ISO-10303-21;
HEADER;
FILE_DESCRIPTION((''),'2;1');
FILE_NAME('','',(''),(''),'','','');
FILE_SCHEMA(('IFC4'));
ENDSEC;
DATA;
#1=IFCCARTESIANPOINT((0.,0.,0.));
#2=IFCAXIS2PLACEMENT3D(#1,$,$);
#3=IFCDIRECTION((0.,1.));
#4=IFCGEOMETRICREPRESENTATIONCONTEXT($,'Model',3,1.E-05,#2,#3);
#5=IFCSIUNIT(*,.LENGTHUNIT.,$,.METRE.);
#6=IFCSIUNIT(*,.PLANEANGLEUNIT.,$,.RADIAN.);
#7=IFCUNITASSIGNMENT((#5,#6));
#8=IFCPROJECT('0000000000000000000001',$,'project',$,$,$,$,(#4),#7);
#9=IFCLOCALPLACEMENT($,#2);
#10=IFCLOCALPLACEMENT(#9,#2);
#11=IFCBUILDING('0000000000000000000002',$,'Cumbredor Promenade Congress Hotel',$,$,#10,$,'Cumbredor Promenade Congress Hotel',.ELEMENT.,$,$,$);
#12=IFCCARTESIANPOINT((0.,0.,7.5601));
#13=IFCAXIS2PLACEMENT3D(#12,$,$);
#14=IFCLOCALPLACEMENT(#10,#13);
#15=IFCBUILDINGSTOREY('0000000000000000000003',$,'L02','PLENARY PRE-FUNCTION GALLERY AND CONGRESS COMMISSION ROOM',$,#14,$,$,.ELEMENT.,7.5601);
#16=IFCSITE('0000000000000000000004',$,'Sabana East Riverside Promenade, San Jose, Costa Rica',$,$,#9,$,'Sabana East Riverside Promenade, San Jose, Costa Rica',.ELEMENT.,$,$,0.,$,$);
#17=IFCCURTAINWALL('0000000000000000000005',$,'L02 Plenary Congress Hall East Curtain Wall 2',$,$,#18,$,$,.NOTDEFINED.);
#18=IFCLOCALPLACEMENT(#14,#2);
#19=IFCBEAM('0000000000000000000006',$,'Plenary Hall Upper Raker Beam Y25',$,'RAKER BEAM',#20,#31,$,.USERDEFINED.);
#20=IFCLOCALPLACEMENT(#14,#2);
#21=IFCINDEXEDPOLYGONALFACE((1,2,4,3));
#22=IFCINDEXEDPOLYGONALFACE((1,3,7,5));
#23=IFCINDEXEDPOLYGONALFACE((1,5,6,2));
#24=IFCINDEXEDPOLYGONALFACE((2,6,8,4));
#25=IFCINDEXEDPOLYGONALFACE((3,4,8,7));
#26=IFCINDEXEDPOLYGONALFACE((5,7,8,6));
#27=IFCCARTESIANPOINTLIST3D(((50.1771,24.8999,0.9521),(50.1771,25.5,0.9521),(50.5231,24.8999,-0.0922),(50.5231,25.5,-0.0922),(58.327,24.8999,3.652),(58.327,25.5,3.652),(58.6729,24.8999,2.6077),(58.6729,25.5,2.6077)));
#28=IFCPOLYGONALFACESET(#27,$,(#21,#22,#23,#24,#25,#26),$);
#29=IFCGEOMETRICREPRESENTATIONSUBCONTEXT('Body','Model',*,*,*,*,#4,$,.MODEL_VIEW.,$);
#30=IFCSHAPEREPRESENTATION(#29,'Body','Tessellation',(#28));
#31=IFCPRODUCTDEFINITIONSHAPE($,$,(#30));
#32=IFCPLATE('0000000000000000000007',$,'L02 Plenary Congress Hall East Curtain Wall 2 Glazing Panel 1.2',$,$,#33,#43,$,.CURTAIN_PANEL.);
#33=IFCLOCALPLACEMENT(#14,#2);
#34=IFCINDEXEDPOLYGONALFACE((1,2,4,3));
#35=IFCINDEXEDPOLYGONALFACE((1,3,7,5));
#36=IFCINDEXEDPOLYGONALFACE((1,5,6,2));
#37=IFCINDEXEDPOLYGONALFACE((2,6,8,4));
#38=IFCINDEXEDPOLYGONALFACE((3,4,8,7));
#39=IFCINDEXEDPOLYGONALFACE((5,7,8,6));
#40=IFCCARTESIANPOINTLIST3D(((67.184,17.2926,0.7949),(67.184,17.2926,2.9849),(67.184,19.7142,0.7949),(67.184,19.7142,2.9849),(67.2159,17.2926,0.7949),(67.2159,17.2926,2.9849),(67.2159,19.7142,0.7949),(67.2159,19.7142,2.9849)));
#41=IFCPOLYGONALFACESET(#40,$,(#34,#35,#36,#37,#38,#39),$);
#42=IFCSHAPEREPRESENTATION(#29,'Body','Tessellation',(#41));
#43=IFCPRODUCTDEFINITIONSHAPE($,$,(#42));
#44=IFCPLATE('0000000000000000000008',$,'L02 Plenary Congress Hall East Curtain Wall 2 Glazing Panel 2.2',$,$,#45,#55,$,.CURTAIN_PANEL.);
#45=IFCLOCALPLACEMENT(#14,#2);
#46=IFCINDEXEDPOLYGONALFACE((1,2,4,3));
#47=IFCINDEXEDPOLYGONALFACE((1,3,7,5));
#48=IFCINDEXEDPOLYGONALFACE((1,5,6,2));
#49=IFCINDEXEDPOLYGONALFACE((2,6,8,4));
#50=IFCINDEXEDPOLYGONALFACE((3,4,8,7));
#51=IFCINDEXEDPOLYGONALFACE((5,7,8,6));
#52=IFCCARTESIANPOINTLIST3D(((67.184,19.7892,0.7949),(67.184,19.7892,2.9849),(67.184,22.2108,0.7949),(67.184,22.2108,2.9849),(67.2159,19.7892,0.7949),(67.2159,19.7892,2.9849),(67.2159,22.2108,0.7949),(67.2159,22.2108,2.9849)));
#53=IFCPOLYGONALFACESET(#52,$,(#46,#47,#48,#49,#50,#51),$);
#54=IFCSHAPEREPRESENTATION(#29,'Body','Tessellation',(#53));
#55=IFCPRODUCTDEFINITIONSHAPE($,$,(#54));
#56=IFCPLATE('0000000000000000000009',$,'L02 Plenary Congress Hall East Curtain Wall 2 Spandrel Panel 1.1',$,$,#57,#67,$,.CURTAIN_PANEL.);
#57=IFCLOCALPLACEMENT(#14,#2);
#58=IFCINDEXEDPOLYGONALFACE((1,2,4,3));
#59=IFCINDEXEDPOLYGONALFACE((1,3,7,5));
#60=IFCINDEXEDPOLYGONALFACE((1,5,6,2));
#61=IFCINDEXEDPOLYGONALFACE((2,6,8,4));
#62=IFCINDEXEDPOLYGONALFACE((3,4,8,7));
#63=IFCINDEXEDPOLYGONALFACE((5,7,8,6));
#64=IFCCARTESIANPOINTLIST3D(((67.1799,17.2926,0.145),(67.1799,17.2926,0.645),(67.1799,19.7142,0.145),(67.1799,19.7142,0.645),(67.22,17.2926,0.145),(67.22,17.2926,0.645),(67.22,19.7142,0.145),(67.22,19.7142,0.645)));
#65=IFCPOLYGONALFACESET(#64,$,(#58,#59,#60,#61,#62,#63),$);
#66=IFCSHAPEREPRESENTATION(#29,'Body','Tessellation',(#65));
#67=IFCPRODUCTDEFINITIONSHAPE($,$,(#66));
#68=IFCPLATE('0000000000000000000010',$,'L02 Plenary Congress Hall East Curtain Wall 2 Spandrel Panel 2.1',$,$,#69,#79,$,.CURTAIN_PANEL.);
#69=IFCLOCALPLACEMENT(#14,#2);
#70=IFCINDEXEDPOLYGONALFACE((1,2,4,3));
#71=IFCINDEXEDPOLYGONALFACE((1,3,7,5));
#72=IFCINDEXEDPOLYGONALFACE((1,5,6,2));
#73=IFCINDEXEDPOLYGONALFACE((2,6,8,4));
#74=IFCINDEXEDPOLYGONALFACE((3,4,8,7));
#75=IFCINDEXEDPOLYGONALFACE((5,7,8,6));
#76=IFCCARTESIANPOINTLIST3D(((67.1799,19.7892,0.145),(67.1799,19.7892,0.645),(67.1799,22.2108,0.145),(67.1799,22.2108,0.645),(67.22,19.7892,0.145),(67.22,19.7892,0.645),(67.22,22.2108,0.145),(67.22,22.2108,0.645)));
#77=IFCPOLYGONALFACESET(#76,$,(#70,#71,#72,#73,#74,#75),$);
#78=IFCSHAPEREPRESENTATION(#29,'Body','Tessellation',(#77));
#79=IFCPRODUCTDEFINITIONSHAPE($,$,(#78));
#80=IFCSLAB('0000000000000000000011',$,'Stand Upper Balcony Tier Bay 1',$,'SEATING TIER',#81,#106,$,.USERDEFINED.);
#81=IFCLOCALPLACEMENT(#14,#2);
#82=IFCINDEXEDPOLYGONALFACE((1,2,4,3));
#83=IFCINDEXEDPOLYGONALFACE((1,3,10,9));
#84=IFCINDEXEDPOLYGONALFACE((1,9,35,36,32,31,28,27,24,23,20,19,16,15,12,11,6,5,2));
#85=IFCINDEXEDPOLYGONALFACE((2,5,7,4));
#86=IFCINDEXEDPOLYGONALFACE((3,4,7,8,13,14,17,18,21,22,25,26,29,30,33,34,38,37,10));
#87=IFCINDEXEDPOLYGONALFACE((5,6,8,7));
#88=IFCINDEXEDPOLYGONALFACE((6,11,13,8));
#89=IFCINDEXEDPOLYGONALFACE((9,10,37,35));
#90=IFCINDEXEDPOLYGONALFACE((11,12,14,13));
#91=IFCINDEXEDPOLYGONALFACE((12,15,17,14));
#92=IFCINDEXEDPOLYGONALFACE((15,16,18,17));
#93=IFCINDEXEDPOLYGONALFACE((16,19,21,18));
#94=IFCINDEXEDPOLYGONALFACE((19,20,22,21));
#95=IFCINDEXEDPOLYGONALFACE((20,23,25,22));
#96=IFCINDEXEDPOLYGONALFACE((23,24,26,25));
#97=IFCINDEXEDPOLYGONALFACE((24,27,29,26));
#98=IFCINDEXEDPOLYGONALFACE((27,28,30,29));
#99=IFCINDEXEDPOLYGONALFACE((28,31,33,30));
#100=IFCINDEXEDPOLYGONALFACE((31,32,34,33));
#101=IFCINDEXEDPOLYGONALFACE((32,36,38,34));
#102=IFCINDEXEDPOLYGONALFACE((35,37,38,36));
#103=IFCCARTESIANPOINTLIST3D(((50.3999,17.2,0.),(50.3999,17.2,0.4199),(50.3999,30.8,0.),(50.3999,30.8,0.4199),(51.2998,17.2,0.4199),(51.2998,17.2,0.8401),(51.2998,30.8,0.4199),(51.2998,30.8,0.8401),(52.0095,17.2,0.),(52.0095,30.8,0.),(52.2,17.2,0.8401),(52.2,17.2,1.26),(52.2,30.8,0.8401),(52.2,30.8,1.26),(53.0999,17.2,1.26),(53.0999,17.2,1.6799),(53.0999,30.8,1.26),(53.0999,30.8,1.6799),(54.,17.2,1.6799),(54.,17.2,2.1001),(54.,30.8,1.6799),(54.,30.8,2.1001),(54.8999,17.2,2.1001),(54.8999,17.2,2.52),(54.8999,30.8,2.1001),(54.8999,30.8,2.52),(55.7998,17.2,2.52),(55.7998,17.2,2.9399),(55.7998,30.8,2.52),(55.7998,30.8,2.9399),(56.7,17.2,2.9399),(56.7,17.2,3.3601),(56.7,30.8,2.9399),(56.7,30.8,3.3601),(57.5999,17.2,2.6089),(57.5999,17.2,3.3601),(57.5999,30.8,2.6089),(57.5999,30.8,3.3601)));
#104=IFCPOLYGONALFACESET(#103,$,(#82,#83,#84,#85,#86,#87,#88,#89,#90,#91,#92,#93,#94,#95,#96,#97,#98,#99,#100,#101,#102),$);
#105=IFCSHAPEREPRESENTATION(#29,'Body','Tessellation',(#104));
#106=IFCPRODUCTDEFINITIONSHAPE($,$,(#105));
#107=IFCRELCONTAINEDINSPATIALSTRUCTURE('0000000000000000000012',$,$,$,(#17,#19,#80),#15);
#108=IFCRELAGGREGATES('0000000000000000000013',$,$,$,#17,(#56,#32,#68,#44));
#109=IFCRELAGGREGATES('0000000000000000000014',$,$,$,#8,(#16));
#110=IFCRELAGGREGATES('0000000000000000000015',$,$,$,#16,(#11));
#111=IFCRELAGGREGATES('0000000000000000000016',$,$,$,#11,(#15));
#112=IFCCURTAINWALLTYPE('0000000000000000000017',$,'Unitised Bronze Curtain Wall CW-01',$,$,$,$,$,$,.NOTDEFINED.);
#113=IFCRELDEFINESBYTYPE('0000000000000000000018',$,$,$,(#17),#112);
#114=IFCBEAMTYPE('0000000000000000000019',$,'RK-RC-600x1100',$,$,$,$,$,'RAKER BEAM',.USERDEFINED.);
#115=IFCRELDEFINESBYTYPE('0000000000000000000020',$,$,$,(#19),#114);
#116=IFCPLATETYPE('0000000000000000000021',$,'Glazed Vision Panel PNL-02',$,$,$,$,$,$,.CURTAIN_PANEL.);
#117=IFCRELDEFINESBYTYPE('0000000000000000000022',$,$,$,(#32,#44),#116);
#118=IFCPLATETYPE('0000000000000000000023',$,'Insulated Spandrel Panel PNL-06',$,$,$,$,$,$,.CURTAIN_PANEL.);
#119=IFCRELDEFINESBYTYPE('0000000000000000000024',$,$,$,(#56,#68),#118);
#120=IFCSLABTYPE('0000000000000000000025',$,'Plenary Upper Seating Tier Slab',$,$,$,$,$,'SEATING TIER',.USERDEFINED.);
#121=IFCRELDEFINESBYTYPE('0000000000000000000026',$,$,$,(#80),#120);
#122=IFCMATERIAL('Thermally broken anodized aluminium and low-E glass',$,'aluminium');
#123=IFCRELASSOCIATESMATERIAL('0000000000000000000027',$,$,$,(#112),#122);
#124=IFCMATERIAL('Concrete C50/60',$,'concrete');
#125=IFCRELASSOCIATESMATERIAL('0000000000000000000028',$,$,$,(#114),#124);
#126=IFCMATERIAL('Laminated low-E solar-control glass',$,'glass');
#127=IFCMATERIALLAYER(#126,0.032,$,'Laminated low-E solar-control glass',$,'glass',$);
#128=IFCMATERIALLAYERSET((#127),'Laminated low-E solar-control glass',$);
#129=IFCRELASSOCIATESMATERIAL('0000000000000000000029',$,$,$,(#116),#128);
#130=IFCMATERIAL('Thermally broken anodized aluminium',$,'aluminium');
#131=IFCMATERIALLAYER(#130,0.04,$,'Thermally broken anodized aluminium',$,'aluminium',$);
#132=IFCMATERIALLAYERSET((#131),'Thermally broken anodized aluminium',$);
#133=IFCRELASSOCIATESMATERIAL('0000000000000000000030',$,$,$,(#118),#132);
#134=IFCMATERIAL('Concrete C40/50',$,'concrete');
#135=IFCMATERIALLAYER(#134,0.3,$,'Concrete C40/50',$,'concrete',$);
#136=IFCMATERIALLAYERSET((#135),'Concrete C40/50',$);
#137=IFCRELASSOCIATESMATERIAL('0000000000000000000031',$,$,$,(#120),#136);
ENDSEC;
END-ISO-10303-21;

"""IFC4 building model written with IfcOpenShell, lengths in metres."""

from ifc_helpers import new_model, si_unit, direction, frame, origin, origin_2d, place, context, subcontext, project, spatial, polyline, rectangle, outline, extrude, material, layer, layer_set, material_profile, profile_set, type_object, element, aggregate, save


model = new_model("IFC4")

# Units and contexts
model_context = context("Model", 3, precision=1e-05, world=origin(), true_north=direction((0.0, 1.0)))
body_context = subcontext(model_context, "Body", "Model", "MODEL_VIEW")
ifc_project = project(units=[si_unit("LENGTHUNIT", "METRE"), si_unit("PLANEANGLEUNIT", "RADIAN")], contexts=[model_context])

# Site, building, storey
site_placement = place(None, origin())
site = spatial("IfcSite", under=ifc_project, at=site_placement, Name="Sabana East Riverside Promenade, San Jose, Costa Rica", LongName="Sabana East Riverside Promenade, San Jose, Costa Rica", CompositionType="ELEMENT", RefElevation=0.0)
building_placement = place(site_placement, origin())
building = spatial("IfcBuilding", under=site, at=building_placement, Name="Cumbredor Promenade Congress Hotel", LongName="Cumbredor Promenade Congress Hotel", CompositionType="ELEMENT")
storey_placement = place(building_placement, frame((0.0, 0.0, 7.5601)))
storey = spatial("IfcBuildingStorey", under=building, at=storey_placement, Name="L02", Description="PLENARY PRE-FUNCTION GALLERY AND CONGRESS COMMISSION ROOM", CompositionType="ELEMENT", Elevation=7.5601)

# Shared definitions
ifc_material_1 = material(Name="Concrete C40/50", Category="concrete")
ifc_material_2 = material(Name="Concrete C50/60", Category="concrete")

# Curtain wall
ifc_material_3 = material(Name="Thermally broken anodized aluminium and low-E glass", Category="aluminium")
curtain_wall_type = type_object("IfcCurtainWallType", Name="Unitised Bronze Curtain Wall CW-01", PredefinedType="NOTDEFINED", material=ifc_material_3)
curtain_wall_placement = place(storey_placement, origin())
curtain_wall = element("IfcCurtainWall", 1, at=curtain_wall_placement, inside=storey, type_object=curtain_wall_type, Name="L02 Plenary Congress Hall East Curtain Wall 2", PredefinedType="NOTDEFINED")
ifc_material_4 = material(Name="Thermally broken anodized aluminium", Category="aluminium")

# Beam
ifc_material_profile_1 = material_profile(ifc_material_2, rectangle(XDim=0.6001, YDim=1.1001, at=origin_2d()), Name="RC RAKER 600x1100")
ifc_profile_set_1 = profile_set([ifc_material_profile_1], Name="Concrete C50/60")
beam_type_1 = type_object("IfcBeamType", Name="RK-RC-600x1100", ElementType="RAKER BEAM", PredefinedType="USERDEFINED", material=ifc_profile_set_1)
beam_1_placement = place(storey_placement, frame((50.3501, 25.2, 0.4299), z_axis=(0.949265, 0.0, 0.314478), x_axis=(0.0, 1.0, 0.0)))
element("IfcBeam", 2, at=beam_1_placement, inside=storey, type_object=beam_type_1, Name="Plenary Hall Upper Raker Beam Y25", ObjectType="RAKER BEAM", PredefinedType="USERDEFINED", context=body_context, shape_type="SweptSolid", body=[
    extrude(rectangle(XDim=0.6001, YDim=1.1001, at=origin_2d()), origin(), (0.0, 0.0, 1.0), 8.5854),
])

# Plates
ifc_material_5 = material(Name="Laminated low-E solar-control glass", Category="glass")
ifc_layer_1 = layer(ifc_material_5, 0.032, Name="Laminated low-E solar-control glass", Category="glass")
ifc_layer_set_1 = layer_set([ifc_layer_1], Name="Laminated low-E solar-control glass")
plate_type_1 = type_object("IfcPlateType", Name="Glazed Vision Panel PNL-02", PredefinedType="CURTAIN_PANEL", material=ifc_layer_set_1)
plate_1_placement = place(storey_placement, frame((67.2, 18.5034, 0.7949), z_axis=(0.0, 0.0, 1.0), x_axis=(0.0, 1.0, 0.0)))
plate_1 = element("IfcPlate", 3, at=plate_1_placement, type_object=plate_type_1, Name="L02 Plenary Congress Hall East Curtain Wall 2 Glazing Panel 1.2", PredefinedType="CURTAIN_PANEL", context=body_context, shape_type="SweptSolid", body=[
    extrude(rectangle(XDim=2.4216, YDim=0.032, at=origin_2d()), origin(), (0.0, 0.0, 1.0), 2.1899),
])
plate_2_placement = place(storey_placement, frame((67.2, 21.0, 0.7949), z_axis=(0.0, 0.0, 1.0), x_axis=(0.0, 1.0, 0.0)))
plate_2 = element("IfcPlate", 4, at=plate_2_placement, type_object=plate_type_1, Name="L02 Plenary Congress Hall East Curtain Wall 2 Glazing Panel 2.2", PredefinedType="CURTAIN_PANEL", context=body_context, shape_type="SweptSolid", body=[
    extrude(rectangle(XDim=2.4216, YDim=0.032, at=origin_2d()), origin(), (0.0, 0.0, 1.0), 2.1899),
])
ifc_layer_2 = layer(ifc_material_4, 0.04, Name="Thermally broken anodized aluminium", Category="aluminium")
ifc_layer_set_2 = layer_set([ifc_layer_2], Name="Thermally broken anodized aluminium")
plate_type_2 = type_object("IfcPlateType", Name="Insulated Spandrel Panel PNL-06", PredefinedType="CURTAIN_PANEL", material=ifc_layer_set_2)
plate_3_placement = place(storey_placement, frame((67.2, 18.5034, 0.145), z_axis=(0.0, 0.0, 1.0), x_axis=(0.0, 1.0, 0.0)))
plate_3 = element("IfcPlate", 5, at=plate_3_placement, type_object=plate_type_2, Name="L02 Plenary Congress Hall East Curtain Wall 2 Spandrel Panel 1.1", PredefinedType="CURTAIN_PANEL", context=body_context, shape_type="SweptSolid", body=[
    extrude(rectangle(XDim=2.4216, YDim=0.04, at=origin_2d()), origin(), (0.0, 0.0, 1.0), 0.5),
])
plate_4_placement = place(storey_placement, frame((67.2, 21.0, 0.145), z_axis=(0.0, 0.0, 1.0), x_axis=(0.0, 1.0, 0.0)))
plate_4 = element("IfcPlate", 6, at=plate_4_placement, type_object=plate_type_2, Name="L02 Plenary Congress Hall East Curtain Wall 2 Spandrel Panel 2.1", PredefinedType="CURTAIN_PANEL", context=body_context, shape_type="SweptSolid", body=[
    extrude(rectangle(XDim=2.4216, YDim=0.04, at=origin_2d()), origin(), (0.0, 0.0, 1.0), 0.5),
])
aggregate(curtain_wall, [plate_3, plate_1, plate_4, plate_2])

# Slab
ifc_layer_3 = layer(ifc_material_1, 0.3, Name="Concrete C40/50", Category="concrete")
ifc_layer_set_3 = layer_set([ifc_layer_3], Name="Concrete C40/50")
slab_type = type_object("IfcSlabType", Name="Plenary Upper Seating Tier Slab", ElementType="SEATING TIER", PredefinedType="USERDEFINED", material=ifc_layer_set_3)
slab_placement = place(storey_placement, frame((50.3999, 24.0, 0.0), z_axis=(0.0, 0.0, 1.0), x_axis=(1.0, 0.0, 0.0)))
element("IfcSlab", 7, at=slab_placement, inside=storey, type_object=slab_type, Name="Stand Upper Balcony Tier Bay 1", ObjectType="SEATING TIER", PredefinedType="USERDEFINED", context=body_context, shape_type="SweptSolid", body=[
    extrude(outline(polyline([(0.0, 0.0), (0.0, 0.4199), (0.8999, 0.4199), (0.8999, 0.8401), (1.8, 0.8401), (1.8, 1.26), (2.7, 1.26), (2.7, 1.6799), (3.6001, 1.6799), (3.6001, 2.1001), (4.5, 2.1001), (4.5, 2.52), (5.3999, 2.52), (5.3999, 2.9399), (6.3, 2.9399), (6.3, 3.3601), (7.2, 3.3601), (7.2, 2.6089), (1.6096, 0.0), (0.0, 0.0)])), frame((0.0, 6.8, 0.0), z_axis=(0.0, -1.0, 0.0), x_axis=(1.0, 0.0, 0.0)), (0.0, 0.0, 1.0), 13.6001),
])

save(model, "model.ifc")
